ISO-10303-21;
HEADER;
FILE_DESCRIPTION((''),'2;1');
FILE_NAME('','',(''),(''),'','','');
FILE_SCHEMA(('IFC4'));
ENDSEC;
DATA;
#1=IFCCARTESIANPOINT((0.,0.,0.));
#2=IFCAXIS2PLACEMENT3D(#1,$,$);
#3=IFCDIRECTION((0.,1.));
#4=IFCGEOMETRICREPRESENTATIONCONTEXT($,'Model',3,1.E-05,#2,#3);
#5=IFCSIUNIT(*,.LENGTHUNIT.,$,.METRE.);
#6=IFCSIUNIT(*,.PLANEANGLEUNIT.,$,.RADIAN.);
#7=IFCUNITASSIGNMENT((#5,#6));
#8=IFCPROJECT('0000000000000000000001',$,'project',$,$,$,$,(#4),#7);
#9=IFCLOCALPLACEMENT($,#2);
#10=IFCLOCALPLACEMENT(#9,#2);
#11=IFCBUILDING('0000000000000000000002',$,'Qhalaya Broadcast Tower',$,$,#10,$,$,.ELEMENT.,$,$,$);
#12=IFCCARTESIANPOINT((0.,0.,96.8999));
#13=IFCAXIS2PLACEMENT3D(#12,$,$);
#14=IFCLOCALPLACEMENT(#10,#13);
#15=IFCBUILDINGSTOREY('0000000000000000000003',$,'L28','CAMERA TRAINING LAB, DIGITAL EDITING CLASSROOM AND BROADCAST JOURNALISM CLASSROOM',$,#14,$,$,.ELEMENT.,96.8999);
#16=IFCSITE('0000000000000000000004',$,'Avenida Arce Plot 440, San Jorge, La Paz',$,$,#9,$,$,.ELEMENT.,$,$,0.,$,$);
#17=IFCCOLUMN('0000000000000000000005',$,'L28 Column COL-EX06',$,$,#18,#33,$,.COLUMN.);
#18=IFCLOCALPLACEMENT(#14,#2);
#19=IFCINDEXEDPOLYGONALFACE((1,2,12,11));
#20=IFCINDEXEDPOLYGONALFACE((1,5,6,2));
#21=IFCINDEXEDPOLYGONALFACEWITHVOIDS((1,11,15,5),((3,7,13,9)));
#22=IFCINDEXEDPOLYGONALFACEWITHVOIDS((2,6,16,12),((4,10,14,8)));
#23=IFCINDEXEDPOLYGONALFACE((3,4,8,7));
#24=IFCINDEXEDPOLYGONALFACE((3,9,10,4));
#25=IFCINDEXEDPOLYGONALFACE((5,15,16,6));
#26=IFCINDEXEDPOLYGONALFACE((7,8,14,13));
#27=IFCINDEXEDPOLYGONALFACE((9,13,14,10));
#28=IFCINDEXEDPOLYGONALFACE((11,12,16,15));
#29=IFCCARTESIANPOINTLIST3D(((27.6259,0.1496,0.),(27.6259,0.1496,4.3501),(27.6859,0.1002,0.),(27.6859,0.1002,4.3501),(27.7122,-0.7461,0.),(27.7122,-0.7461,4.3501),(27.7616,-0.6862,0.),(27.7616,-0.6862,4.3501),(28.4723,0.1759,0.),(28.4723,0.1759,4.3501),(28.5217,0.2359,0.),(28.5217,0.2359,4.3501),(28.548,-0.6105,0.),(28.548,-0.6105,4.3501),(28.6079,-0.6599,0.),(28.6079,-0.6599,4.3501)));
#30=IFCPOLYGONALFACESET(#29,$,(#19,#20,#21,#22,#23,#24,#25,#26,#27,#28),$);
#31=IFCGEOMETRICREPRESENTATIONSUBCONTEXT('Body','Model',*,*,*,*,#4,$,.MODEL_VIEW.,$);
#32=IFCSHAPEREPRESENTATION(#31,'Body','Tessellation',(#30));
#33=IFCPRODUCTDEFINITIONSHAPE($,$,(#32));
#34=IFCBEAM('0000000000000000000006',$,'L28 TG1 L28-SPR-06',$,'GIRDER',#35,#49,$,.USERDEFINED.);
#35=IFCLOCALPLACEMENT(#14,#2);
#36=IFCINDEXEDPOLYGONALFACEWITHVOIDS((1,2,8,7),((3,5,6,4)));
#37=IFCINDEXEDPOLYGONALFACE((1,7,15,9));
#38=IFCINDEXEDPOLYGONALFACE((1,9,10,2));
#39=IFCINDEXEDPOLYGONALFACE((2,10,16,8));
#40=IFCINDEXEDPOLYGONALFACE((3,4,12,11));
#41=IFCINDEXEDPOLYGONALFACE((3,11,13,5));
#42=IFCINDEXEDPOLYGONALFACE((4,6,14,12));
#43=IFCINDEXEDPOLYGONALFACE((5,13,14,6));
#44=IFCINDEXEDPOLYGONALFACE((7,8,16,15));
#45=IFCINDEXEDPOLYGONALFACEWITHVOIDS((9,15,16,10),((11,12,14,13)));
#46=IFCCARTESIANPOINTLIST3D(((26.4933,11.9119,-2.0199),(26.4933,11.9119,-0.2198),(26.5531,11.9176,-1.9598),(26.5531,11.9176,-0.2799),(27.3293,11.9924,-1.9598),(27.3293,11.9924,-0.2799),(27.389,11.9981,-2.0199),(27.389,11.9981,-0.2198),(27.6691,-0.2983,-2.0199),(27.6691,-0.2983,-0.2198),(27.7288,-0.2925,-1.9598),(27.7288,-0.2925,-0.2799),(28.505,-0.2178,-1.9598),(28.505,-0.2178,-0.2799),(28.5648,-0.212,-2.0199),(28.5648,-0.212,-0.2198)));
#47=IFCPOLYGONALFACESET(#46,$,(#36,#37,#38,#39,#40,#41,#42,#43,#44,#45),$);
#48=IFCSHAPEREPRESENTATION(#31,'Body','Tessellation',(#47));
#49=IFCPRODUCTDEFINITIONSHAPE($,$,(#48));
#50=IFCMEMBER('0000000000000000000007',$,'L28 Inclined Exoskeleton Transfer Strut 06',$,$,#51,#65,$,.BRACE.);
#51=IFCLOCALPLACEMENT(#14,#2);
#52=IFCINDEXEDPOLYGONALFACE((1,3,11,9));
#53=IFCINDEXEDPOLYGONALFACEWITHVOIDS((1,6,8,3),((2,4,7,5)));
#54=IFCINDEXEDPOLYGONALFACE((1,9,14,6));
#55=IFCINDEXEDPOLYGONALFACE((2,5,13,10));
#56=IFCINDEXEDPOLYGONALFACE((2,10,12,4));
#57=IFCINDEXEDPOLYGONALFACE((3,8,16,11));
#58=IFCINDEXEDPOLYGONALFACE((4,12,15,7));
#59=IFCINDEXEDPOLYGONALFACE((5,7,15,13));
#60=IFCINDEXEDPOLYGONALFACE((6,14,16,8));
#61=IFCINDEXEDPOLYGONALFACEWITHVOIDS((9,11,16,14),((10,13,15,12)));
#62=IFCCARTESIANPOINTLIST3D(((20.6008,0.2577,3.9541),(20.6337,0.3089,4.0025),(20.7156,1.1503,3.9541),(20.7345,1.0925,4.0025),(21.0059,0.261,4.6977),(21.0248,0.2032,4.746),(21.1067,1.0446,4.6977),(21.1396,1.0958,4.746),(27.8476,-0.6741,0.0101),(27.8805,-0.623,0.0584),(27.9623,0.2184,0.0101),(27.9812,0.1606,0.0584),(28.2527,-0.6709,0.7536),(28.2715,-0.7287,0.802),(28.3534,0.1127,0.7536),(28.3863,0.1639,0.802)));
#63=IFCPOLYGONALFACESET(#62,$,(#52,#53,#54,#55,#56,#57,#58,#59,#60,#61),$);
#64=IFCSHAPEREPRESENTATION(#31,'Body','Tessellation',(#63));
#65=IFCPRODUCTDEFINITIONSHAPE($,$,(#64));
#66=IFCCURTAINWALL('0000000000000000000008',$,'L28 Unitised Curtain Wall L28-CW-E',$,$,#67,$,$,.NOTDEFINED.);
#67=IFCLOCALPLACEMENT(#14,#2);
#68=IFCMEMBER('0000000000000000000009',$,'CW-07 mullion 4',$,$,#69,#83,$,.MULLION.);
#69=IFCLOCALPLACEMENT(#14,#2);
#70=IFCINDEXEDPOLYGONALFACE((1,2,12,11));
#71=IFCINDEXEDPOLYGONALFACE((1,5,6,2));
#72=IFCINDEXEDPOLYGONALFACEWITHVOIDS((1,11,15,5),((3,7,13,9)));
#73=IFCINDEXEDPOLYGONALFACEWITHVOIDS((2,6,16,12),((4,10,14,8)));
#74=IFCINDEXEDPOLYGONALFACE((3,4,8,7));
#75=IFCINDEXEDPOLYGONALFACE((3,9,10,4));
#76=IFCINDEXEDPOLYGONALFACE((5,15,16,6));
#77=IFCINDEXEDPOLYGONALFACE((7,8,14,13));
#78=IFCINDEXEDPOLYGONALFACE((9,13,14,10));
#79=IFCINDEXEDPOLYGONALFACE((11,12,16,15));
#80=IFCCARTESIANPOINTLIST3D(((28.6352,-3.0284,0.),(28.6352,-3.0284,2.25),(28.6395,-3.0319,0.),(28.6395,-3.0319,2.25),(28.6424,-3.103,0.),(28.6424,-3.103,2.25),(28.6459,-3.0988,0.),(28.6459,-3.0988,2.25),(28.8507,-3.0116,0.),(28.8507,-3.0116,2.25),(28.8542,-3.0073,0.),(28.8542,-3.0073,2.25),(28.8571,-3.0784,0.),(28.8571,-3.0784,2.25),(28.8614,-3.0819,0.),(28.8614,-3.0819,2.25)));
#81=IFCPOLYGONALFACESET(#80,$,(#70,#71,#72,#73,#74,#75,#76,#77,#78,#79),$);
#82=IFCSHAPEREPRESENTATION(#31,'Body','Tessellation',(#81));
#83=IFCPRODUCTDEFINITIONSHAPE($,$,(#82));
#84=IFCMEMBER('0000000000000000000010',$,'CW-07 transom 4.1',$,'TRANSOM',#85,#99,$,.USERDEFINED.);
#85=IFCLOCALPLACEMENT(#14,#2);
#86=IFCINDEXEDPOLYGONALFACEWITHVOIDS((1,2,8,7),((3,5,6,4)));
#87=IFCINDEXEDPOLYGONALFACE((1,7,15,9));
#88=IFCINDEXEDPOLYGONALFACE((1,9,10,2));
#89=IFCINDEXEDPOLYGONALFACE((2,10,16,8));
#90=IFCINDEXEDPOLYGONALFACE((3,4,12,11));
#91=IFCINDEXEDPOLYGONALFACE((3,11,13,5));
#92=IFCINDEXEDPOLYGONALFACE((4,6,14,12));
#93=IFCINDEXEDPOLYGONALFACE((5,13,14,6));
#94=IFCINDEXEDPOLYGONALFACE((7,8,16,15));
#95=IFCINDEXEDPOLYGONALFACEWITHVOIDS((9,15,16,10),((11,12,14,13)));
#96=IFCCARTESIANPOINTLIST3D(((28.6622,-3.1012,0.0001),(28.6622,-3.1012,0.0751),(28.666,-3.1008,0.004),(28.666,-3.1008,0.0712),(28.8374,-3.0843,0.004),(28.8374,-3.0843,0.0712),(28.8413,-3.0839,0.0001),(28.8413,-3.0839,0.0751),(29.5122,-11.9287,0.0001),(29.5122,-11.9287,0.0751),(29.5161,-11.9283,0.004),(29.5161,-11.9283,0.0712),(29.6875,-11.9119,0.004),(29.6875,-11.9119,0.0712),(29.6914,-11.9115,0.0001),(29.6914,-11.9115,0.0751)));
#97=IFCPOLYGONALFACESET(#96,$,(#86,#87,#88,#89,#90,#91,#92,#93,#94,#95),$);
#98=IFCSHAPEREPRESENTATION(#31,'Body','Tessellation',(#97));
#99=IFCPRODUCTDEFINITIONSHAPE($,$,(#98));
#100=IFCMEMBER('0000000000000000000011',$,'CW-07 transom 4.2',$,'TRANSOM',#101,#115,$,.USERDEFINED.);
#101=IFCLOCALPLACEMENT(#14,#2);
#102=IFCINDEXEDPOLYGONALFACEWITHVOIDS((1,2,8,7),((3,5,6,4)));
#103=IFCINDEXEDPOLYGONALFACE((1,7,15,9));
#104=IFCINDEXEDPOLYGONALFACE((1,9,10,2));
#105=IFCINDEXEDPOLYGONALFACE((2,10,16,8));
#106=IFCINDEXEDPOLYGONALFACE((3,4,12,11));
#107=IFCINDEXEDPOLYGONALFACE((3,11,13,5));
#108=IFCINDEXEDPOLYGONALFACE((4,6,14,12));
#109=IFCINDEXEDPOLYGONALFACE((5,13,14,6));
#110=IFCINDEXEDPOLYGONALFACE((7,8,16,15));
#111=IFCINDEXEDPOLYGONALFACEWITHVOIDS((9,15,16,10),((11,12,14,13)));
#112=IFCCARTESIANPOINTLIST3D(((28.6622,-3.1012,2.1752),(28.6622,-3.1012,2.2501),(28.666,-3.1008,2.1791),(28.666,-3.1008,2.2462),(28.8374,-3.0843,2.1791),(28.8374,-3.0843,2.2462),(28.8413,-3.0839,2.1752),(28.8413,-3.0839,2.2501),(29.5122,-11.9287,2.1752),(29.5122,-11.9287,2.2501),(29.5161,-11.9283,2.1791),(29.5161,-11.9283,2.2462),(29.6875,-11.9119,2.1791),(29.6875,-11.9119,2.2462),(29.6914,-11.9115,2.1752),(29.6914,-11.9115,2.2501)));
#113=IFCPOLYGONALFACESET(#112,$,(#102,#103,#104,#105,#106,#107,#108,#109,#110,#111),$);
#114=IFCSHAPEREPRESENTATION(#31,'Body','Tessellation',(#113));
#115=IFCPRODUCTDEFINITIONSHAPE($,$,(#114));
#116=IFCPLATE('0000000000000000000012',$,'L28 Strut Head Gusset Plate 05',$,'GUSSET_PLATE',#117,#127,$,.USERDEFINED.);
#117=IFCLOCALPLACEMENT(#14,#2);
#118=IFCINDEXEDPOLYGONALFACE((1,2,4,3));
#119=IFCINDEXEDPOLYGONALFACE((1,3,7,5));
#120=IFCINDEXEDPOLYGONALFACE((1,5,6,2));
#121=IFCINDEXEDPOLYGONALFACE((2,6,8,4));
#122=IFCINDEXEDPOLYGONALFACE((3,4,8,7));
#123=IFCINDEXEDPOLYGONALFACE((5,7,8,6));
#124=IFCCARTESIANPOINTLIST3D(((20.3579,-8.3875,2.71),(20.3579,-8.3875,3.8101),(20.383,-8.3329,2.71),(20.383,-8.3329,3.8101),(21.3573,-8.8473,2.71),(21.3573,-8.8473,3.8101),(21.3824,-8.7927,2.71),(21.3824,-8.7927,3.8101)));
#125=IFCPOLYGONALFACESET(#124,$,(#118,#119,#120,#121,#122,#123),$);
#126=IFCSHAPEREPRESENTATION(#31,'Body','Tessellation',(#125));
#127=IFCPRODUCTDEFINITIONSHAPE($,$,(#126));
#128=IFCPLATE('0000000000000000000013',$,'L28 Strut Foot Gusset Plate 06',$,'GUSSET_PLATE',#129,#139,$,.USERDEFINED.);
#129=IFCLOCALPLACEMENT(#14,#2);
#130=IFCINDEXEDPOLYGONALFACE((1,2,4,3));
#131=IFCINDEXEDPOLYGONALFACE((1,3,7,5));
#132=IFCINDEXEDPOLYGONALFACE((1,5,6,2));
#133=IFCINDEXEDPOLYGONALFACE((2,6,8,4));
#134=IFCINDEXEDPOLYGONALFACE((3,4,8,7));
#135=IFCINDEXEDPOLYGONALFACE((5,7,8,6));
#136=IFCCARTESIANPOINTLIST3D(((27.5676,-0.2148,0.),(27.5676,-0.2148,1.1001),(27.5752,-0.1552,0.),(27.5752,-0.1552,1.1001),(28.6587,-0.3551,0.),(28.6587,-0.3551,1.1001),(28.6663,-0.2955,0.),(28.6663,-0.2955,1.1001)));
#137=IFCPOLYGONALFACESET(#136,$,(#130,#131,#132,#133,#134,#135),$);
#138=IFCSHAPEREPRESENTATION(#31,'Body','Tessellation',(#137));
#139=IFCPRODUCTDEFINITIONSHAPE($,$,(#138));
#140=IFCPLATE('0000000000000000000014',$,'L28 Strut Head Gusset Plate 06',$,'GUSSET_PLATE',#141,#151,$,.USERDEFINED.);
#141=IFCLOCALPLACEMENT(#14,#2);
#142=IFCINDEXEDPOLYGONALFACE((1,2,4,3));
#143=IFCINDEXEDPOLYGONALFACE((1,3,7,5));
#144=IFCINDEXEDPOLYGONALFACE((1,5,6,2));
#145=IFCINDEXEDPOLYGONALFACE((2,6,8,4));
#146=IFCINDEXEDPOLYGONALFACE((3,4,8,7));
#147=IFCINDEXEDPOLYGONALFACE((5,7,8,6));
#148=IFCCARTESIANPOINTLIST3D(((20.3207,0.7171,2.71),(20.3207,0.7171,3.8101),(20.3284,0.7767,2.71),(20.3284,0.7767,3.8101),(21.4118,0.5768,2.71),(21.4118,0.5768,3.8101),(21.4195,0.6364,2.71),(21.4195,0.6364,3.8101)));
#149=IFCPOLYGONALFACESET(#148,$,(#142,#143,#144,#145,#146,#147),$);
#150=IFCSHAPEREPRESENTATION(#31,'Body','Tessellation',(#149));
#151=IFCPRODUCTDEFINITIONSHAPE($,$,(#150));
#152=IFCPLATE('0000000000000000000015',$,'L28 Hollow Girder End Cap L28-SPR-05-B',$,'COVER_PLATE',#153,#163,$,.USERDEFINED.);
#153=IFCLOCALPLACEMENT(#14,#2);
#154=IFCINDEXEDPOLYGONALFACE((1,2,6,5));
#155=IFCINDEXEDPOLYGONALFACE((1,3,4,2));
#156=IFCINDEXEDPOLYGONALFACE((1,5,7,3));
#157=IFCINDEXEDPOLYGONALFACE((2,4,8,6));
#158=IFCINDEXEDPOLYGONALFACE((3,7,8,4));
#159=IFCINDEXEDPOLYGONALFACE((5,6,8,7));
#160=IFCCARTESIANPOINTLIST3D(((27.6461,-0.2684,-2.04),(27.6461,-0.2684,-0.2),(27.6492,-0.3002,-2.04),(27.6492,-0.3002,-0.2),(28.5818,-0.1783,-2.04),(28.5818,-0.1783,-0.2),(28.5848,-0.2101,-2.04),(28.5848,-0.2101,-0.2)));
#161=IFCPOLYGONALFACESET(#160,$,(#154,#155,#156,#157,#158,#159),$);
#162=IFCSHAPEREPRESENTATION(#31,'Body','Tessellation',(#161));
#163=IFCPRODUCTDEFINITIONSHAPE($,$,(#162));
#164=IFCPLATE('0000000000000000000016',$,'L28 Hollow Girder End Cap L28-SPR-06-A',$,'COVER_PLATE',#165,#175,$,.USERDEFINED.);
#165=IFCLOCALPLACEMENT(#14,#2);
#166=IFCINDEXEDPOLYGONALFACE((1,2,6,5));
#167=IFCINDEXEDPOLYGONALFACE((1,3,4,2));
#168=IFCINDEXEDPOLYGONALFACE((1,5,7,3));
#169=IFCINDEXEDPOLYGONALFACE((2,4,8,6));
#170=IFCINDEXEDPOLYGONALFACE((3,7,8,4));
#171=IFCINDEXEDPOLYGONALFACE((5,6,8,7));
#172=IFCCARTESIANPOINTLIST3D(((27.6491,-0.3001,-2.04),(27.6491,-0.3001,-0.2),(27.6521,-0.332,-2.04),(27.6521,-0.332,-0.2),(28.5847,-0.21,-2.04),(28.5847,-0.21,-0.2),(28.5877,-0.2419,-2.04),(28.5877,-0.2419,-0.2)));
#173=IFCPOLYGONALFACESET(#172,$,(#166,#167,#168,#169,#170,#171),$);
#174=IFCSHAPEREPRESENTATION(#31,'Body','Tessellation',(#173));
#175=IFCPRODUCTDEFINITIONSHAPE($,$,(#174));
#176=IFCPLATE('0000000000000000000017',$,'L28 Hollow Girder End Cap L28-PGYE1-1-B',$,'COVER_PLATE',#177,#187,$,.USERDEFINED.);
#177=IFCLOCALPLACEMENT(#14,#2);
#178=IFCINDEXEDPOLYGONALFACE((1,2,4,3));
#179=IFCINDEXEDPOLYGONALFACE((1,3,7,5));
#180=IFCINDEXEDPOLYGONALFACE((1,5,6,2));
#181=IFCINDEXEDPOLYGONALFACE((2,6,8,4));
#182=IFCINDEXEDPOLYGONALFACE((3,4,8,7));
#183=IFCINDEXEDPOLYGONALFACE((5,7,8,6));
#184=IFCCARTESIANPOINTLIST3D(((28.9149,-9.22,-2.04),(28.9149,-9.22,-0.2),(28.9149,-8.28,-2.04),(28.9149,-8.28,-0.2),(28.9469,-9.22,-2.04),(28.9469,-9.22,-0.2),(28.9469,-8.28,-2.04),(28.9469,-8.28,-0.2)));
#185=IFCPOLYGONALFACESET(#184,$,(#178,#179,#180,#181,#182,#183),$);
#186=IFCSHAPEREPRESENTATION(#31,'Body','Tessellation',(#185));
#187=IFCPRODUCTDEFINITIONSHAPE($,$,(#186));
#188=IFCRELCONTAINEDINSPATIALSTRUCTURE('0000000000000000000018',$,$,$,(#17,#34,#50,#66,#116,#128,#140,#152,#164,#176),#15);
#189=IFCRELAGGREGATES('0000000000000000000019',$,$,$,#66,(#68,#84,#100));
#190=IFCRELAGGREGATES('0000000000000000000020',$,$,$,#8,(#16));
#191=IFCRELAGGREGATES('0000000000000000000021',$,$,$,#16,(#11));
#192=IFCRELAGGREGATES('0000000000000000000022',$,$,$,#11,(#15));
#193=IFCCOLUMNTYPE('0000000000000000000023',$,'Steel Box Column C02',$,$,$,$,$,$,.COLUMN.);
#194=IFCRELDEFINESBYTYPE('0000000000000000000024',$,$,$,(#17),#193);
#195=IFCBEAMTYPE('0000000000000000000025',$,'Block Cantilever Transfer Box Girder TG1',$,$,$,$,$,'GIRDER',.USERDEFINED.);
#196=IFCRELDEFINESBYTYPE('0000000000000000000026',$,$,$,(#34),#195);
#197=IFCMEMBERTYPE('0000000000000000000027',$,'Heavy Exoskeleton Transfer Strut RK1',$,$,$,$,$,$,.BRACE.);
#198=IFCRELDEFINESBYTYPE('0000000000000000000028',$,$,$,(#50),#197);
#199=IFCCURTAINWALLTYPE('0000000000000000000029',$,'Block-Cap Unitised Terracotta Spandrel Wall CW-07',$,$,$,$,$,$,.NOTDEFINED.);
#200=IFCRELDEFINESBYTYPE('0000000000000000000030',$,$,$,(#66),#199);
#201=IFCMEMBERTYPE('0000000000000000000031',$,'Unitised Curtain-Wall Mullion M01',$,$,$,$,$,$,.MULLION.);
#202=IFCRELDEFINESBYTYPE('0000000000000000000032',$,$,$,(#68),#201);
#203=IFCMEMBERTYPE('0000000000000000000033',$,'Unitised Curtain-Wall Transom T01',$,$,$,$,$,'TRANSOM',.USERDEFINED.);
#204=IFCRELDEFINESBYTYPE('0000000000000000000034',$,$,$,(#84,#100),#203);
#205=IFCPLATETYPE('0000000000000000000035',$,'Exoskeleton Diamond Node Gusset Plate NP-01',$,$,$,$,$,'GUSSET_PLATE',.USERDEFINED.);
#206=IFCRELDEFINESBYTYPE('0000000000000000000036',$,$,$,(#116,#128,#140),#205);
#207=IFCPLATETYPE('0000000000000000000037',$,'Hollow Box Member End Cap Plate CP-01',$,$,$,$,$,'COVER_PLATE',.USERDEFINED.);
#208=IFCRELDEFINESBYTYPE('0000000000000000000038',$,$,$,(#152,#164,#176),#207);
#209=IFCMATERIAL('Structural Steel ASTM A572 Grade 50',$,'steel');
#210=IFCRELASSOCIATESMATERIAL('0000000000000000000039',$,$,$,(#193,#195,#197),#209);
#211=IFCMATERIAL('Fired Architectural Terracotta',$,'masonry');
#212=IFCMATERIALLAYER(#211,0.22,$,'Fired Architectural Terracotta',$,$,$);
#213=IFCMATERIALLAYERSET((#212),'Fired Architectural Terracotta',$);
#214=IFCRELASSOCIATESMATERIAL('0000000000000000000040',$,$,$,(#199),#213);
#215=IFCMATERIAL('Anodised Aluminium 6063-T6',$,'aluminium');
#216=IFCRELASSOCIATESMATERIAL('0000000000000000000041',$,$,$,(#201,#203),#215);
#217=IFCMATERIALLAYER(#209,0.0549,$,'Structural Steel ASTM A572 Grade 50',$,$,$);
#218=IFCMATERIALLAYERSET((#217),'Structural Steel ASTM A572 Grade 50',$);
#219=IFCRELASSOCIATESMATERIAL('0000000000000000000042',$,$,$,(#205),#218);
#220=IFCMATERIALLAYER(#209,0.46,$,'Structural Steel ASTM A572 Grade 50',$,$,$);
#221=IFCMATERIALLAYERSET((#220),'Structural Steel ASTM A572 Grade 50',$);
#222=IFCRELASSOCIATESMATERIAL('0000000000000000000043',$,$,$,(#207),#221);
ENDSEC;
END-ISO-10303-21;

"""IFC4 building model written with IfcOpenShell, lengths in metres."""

from ifc_helpers import new_model, si_unit, direction, frame, origin, origin_2d, place, context, subcontext, project, spatial, rectangle, hollow_rectangle, extrude, material, layer, layer_set, material_profile, profile_set, type_object, element, aggregate, save


model = new_model("IFC4")

# Units and contexts
model_context = context("Model", 3, precision=1e-05, world=origin(), true_north=direction((0.0, 1.0)))
body_context = subcontext(model_context, "Body", "Model", "MODEL_VIEW")
ifc_project = project(units=[si_unit("LENGTHUNIT", "METRE"), si_unit("PLANEANGLEUNIT", "RADIAN")], contexts=[model_context])

# Site, building, storey
site_placement = place(None, origin())
site = spatial("IfcSite", under=ifc_project, at=site_placement, Name="Avenida Arce Plot 440, San Jorge, La Paz", CompositionType="ELEMENT", RefElevation=0.0)
building_placement = place(site_placement, origin())
building = spatial("IfcBuilding", under=site, at=building_placement, Name="Qhalaya Broadcast Tower", CompositionType="ELEMENT")
storey_placement = place(building_placement, frame((0.0, 0.0, 96.8999)))
storey = spatial("IfcBuildingStorey", under=building, at=storey_placement, Name="L28", Description="CAMERA TRAINING LAB, DIGITAL EDITING CLASSROOM AND BROADCAST JOURNALISM CLASSROOM", CompositionType="ELEMENT", Elevation=96.8999)

# Column
ifc_material_1 = material(Name="Structural Steel ASTM A572 Grade 50", Category="steel")
ifc_material_profile_1 = material_profile(ifc_material_1, hollow_rectangle(XDim=0.8999, YDim=0.8999, WallThickness=0.0549, at=origin_2d()), Name="BOX 900x900x55")
ifc_profile_set_1 = profile_set([ifc_material_profile_1], Name="Structural Steel ASTM A572 Grade 50")
column_type = type_object("IfcColumnType", Name="Steel Box Column C02", PredefinedType="COLUMN", material=ifc_profile_set_1)
column_placement = place(storey_placement, frame((28.1169, -0.2551, 0.0), z_axis=(0.0, 0.0, 1.0), x_axis=(-0.095846, 0.995396, 0.0)))
element("IfcColumn", 1, at=column_placement, inside=storey, type_object=column_type, Name="L28 Column COL-EX06", PredefinedType="COLUMN", context=body_context, shape_type="SweptSolid", body=[
    extrude(hollow_rectangle(XDim=0.8999, YDim=0.8999, WallThickness=0.0549, at=origin_2d()), origin(), (0.0, 0.0, 1.0), 4.3501),
])

# Beam
ifc_material_profile_2 = material_profile(ifc_material_1, hollow_rectangle(XDim=0.8999, YDim=1.8, WallThickness=0.0601, at=origin_2d()), Name="BOX 900x1800x60")
ifc_profile_set_2 = profile_set([ifc_material_profile_2], Name="Structural Steel ASTM A572 Grade 50")
beam_type = type_object("IfcBeamType", Name="Block Cantilever Transfer Box Girder TG1", ElementType="GIRDER", PredefinedType="USERDEFINED", material=ifc_profile_set_2)
beam_placement = place(storey_placement, frame((28.1169, -0.2551, -1.1199), z_axis=(-0.095852, 0.995396, 0.0), x_axis=(-0.995396, -0.095852, 0.0)))
element("IfcBeam", 2, at=beam_placement, inside=storey, type_object=beam_type, Name="L28 TG1 L28-SPR-06", ObjectType="GIRDER", PredefinedType="USERDEFINED", context=body_context, shape_type="SweptSolid", body=[
    extrude(hollow_rectangle(XDim=0.8999, YDim=1.8, WallThickness=0.0601, at=origin_2d()), origin(), (0.0, 0.0, 1.0), 12.2666),
])

# Member
ifc_material_profile_3 = material_profile(ifc_material_1, hollow_rectangle(XDim=0.8999, YDim=0.8999, WallThickness=0.0549, at=origin_2d()), Name="BOX 900x900x55")
ifc_profile_set_3 = profile_set([ifc_material_profile_3], Name="Structural Steel ASTM A572 Grade 50")
member_type_1 = type_object("IfcMemberType", Name="Heavy Exoskeleton Transfer Strut RK1", PredefinedType="BRACE", material=ifc_profile_set_3)
member_1_placement = place(storey_placement, frame((28.1169, -0.2551, 0.406), z_axis=(-0.87279, 0.112234, 0.475017), x_axis=(-0.127542, -0.991833, 0.0)))
element("IfcMember", 3, at=member_1_placement, inside=storey, type_object=member_type_1, Name="L28 Inclined Exoskeleton Transfer Strut 06", PredefinedType="BRACE", context=body_context, shape_type="SweptSolid", body=[
    extrude(hollow_rectangle(XDim=0.8999, YDim=0.8999, WallThickness=0.0549, at=origin_2d()), origin(), (0.0, 0.0, 1.0), 8.303),
])

# Curtain wall, members
ifc_material_2 = material(Name="Fired Architectural Terracotta", Category="masonry")
ifc_layer_1 = layer(ifc_material_2, 0.22, Name="Fired Architectural Terracotta")
ifc_layer_set_1 = layer_set([ifc_layer_1], Name="Fired Architectural Terracotta")
curtain_wall_type = type_object("IfcCurtainWallType", Name="Block-Cap Unitised Terracotta Spandrel Wall CW-07", PredefinedType="NOTDEFINED", material=ifc_layer_set_1)
curtain_wall_placement = place(storey_placement, origin())
curtain_wall = element("IfcCurtainWall", 4, at=curtain_wall_placement, inside=storey, type_object=curtain_wall_type, Name="L28 Unitised Curtain Wall L28-CW-E", PredefinedType="NOTDEFINED")
ifc_material_3 = material(Name="Anodised Aluminium 6063-T6", Category="aluminium")
ifc_material_profile_4 = material_profile(ifc_material_3, hollow_rectangle(XDim=0.075, YDim=0.22, WallThickness=0.0039, at=origin_2d()), Name="ALU-MUL 75x220x4")
ifc_profile_set_4 = profile_set([ifc_material_profile_4], Name="Anodised Aluminium 6063-T6")
member_type_2 = type_object("IfcMemberType", Name="Unitised Curtain-Wall Mullion M01", PredefinedType="MULLION", material=ifc_profile_set_4)
member_2_placement = place(storey_placement, frame((28.7483, -3.0552, 0.0), z_axis=(0.0, 0.0, 1.0), x_axis=(0.095847, -0.995396, 0.0)))
member_2 = element("IfcMember", 5, at=member_2_placement, type_object=member_type_2, Name="CW-07 mullion 4", PredefinedType="MULLION", context=body_context, shape_type="SweptSolid", body=[
    extrude(hollow_rectangle(XDim=0.075, YDim=0.22, WallThickness=0.0039, at=origin_2d()), origin(), (0.0, 0.0, 1.0), 2.25),
])
ifc_material_profile_5 = material_profile(ifc_material_3, hollow_rectangle(XDim=0.075, YDim=0.1799, WallThickness=0.0039, at=origin_2d()), Name="ALU-TRN 75x180x4")
ifc_profile_set_5 = profile_set([ifc_material_profile_5], Name="Anodised Aluminium 6063-T6")
member_type_3 = type_object("IfcMemberType", Name="Unitised Curtain-Wall Transom T01", ElementType="TRANSOM", PredefinedType="USERDEFINED", material=ifc_profile_set_5)
member_3_placement = place(storey_placement, frame((28.7517, -3.0925, 0.0376), z_axis=(0.095856, -0.995395, 0.0), x_axis=(0.0, 0.0, 1.0)))
member_3 = element("IfcMember", 6, at=member_3_placement, type_object=member_type_3, Name="CW-07 transom 4.1", ObjectType="TRANSOM", PredefinedType="USERDEFINED", context=body_context, shape_type="SweptSolid", body=[
    extrude(hollow_rectangle(XDim=0.075, YDim=0.1799, WallThickness=0.0039, at=origin_2d()), origin(), (0.0, 0.0, 1.0), 8.8684),
])
member_4_placement = place(storey_placement, frame((28.7517, -3.0925, 2.2126), z_axis=(0.095856, -0.995395, 0.0), x_axis=(0.0, 0.0, 1.0)))
member_4 = element("IfcMember", 7, at=member_4_placement, type_object=member_type_3, Name="CW-07 transom 4.2", ObjectType="TRANSOM", PredefinedType="USERDEFINED", context=body_context, shape_type="SweptSolid", body=[
    extrude(hollow_rectangle(XDim=0.075, YDim=0.1799, WallThickness=0.0039, at=origin_2d()), origin(), (0.0, 0.0, 1.0), 8.8684),
])

# Plates
ifc_layer_2 = layer(ifc_material_1, 0.0549, Name="Structural Steel ASTM A572 Grade 50")
ifc_layer_set_2 = layer_set([ifc_layer_2], Name="Structural Steel ASTM A572 Grade 50")
plate_type_1 = type_object("IfcPlateType", Name="Exoskeleton Diamond Node Gusset Plate NP-01", ElementType="GUSSET_PLATE", PredefinedType="USERDEFINED", material=ifc_layer_set_2)
for number, where, z_axis, x_axis, name in (
    (8, (20.8701, -8.5901, 2.71), (0.0, 0.0, 1.0), (-0.90845, 0.417994, 0.0), "L28 Strut Head Gusset Plate 05"),
    (9, (28.1169, -0.2551, 0.0), (0.0, 0.0, 1.0), (-0.991832, 0.127549, 0.0), "L28 Strut Foot Gusset Plate 06"),
    (10, (20.8701, 0.6768, 2.71), (0.0, 0.0, 1.0), (-0.991832, 0.127549, 0.0), "L28 Strut Head Gusset Plate 06"),
):
    element("IfcPlate", number, at=place(storey_placement, frame(where, z_axis=z_axis, x_axis=x_axis)), inside=storey, type_object=plate_type_1, Name=name, ObjectType="GUSSET_PLATE", PredefinedType="USERDEFINED", context=body_context, shape_type="SweptSolid", body=[
        extrude(rectangle(XDim=1.1001, YDim=0.0601, at=origin_2d()), origin(), (0.0, 0.0, 1.0), 1.1001),
    ])
ifc_layer_3 = layer(ifc_material_1, 0.46, Name="Structural Steel ASTM A572 Grade 50")
ifc_layer_set_3 = layer_set([ifc_layer_3], Name="Structural Steel ASTM A572 Grade 50")
plate_type_2 = type_object("IfcPlateType", Name="Hollow Box Member End Cap Plate CP-01", ElementType="COVER_PLATE", PredefinedType="USERDEFINED", material=ifc_layer_set_3)
for number, where, z_axis, x_axis, name in (
    (11, (28.1155, -0.2393, -2.04), (0.0, 0.0, 1.0), (-0.995396, -0.095846, 0.0), "L28 Hollow Girder End Cap L28-SPR-05-B"),
    (12, (28.1184, -0.271, -2.04), (0.0, 0.0, 1.0), (-0.995396, -0.095846, 0.0), "L28 Hollow Girder End Cap L28-SPR-06-A"),
    (13, (28.9309, -8.75, -2.04), (0.0, 0.0, 1.0), (0.0, 1.0, 0.0), "L28 Hollow Girder End Cap L28-PGYE1-1-B"),
):
    element("IfcPlate", number, at=place(storey_placement, frame(where, z_axis=z_axis, x_axis=x_axis)), inside=storey, type_object=plate_type_2, Name=name, ObjectType="COVER_PLATE", PredefinedType="USERDEFINED", context=body_context, shape_type="SweptSolid", body=[
        extrude(rectangle(XDim=0.9399, YDim=0.032, at=origin_2d()), origin(), (0.0, 0.0, 1.0), 1.8401),
    ])

aggregate(curtain_wall, [member_2, member_3, member_4])

save(model, "model.ifc")
